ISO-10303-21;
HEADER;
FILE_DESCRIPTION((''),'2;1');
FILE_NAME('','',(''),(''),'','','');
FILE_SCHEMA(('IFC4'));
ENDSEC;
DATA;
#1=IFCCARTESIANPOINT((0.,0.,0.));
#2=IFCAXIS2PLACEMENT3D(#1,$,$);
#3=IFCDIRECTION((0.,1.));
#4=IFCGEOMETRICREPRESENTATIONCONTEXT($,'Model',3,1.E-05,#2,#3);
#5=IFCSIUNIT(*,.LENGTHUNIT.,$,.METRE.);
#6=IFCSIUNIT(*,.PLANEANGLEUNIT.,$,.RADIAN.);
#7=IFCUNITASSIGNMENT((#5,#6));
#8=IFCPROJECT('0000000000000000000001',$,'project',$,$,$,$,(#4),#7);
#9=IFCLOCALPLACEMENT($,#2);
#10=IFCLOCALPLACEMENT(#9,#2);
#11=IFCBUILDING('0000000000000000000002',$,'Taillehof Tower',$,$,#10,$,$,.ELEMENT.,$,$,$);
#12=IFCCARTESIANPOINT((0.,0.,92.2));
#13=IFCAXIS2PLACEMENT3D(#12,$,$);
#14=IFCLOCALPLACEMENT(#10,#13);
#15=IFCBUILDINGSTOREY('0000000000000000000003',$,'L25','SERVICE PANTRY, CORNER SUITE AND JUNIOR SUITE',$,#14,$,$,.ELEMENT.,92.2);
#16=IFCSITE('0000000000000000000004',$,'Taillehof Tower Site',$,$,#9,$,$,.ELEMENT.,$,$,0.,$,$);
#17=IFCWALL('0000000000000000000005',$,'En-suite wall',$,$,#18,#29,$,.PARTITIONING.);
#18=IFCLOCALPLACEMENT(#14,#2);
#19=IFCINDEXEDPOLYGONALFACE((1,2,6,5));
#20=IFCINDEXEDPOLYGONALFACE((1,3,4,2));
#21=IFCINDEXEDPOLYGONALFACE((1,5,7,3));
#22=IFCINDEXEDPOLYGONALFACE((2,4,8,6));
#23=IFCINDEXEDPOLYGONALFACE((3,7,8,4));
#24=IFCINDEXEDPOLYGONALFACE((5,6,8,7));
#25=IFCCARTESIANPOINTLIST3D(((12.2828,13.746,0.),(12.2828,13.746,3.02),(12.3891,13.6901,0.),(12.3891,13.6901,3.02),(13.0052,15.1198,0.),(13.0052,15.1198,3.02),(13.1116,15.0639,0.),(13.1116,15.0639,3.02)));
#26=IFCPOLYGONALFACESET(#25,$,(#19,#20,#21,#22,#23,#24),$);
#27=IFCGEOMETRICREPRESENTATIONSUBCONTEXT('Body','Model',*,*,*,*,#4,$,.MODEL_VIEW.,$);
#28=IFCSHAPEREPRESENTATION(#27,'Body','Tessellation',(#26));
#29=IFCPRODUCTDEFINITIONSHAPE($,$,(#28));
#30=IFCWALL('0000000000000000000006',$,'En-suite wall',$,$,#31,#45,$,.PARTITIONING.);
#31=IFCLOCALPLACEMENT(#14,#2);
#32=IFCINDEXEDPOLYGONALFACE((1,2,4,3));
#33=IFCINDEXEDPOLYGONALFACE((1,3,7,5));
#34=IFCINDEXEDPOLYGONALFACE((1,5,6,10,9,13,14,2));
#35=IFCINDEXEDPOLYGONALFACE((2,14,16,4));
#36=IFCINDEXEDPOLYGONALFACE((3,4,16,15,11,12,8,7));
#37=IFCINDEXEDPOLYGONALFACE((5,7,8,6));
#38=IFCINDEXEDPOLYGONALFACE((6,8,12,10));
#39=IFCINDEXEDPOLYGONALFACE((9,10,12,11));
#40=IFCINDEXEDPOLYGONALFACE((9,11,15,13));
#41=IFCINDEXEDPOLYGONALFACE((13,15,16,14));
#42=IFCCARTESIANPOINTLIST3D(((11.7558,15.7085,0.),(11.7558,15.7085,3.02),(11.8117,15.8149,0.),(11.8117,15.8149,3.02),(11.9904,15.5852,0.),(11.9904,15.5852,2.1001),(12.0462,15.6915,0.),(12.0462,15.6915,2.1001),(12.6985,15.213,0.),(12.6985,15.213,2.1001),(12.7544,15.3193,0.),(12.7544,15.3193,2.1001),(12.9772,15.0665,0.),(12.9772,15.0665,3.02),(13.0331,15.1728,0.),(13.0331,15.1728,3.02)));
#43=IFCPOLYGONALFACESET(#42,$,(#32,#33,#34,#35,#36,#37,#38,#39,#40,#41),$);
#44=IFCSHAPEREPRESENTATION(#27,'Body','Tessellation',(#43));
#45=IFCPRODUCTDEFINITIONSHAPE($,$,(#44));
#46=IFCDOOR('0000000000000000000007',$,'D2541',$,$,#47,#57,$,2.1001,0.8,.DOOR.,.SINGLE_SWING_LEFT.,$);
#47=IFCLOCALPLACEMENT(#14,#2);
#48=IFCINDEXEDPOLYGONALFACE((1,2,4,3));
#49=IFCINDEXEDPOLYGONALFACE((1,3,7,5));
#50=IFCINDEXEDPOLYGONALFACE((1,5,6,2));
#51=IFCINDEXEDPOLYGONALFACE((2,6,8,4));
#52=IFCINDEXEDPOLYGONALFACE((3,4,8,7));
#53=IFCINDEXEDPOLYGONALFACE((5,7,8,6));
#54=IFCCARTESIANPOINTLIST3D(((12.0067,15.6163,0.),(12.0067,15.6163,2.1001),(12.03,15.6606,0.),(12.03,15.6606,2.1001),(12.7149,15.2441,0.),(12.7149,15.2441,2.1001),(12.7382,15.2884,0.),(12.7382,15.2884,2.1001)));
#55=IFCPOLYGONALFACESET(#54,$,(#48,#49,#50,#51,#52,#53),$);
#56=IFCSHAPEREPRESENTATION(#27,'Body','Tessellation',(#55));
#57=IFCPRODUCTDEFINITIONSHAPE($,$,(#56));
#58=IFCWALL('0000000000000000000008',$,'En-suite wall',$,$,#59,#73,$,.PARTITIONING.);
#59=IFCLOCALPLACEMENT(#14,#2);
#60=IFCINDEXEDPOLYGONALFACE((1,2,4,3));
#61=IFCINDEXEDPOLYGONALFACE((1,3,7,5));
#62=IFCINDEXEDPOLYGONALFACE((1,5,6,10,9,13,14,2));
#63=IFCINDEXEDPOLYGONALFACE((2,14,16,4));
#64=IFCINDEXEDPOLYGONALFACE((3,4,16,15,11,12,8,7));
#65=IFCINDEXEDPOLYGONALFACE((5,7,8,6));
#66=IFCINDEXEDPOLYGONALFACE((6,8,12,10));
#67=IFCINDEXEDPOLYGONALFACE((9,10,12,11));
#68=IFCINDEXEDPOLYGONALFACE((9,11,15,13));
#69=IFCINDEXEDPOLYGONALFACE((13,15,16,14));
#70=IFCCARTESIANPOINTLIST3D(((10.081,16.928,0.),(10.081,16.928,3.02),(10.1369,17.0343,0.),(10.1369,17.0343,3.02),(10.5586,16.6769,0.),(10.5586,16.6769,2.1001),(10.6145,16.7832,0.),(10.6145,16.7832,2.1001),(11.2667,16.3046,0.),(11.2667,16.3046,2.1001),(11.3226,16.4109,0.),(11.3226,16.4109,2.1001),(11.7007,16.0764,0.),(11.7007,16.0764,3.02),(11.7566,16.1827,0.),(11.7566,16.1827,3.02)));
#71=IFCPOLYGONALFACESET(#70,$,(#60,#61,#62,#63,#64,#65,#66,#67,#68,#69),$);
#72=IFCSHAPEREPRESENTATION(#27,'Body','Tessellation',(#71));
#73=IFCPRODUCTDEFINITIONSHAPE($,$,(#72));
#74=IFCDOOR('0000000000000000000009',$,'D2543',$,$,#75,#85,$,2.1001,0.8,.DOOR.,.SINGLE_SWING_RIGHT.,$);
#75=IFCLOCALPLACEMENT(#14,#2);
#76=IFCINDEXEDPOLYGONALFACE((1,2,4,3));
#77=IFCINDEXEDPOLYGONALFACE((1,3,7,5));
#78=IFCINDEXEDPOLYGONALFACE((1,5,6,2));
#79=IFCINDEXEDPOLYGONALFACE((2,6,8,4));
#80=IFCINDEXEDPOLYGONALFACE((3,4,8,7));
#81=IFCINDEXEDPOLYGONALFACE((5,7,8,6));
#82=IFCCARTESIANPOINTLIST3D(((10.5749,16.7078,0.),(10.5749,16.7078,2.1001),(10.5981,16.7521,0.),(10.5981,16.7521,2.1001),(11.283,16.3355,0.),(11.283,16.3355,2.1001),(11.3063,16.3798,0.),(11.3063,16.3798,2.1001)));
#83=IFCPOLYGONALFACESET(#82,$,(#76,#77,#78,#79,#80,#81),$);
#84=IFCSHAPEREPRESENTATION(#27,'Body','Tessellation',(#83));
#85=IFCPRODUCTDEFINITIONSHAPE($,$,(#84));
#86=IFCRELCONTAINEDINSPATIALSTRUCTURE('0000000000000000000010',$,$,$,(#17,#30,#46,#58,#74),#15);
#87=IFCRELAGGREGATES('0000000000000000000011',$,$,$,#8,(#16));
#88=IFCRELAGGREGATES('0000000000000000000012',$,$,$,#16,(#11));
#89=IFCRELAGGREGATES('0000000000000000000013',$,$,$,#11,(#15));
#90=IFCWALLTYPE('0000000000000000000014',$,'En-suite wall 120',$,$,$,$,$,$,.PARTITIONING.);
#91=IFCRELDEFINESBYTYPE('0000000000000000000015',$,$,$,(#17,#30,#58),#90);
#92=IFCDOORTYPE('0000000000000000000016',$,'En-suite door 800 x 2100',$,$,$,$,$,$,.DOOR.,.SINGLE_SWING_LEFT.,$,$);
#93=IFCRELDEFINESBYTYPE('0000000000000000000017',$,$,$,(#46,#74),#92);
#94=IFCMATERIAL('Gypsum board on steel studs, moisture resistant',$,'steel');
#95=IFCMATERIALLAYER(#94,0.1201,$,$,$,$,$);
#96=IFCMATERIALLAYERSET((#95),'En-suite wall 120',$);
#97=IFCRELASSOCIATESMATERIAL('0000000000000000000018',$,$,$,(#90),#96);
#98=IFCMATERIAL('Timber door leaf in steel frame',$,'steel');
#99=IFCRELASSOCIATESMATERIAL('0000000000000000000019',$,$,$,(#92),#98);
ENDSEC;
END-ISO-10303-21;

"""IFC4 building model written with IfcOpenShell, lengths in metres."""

from ifc_helpers import new_model, si_unit, direction, frame, frame_2d, origin, place, context, subcontext, project, spatial, rectangle, extrude, material, layer, layer_set, type_object, element, fill, save


model = new_model("IFC4")

# Units and contexts
model_context = context("Model", 3, precision=1e-05, world=origin(), true_north=direction((0.0, 1.0)))
body_context = subcontext(model_context, "Body", "Model", "MODEL_VIEW")
ifc_project = project(units=[si_unit("LENGTHUNIT", "METRE"), si_unit("PLANEANGLEUNIT", "RADIAN")], contexts=[model_context])

# Site, building, storey
site_placement = place(None, origin())
site = spatial("IfcSite", under=ifc_project, at=site_placement, Name="Taillehof Tower Site", CompositionType="ELEMENT", RefElevation=0.0)
building_placement = place(site_placement, origin())
building = spatial("IfcBuilding", under=site, at=building_placement, Name="Taillehof Tower", CompositionType="ELEMENT")
storey_placement = place(building_placement, frame((0.0, 0.0, 92.2)))
storey = spatial("IfcBuildingStorey", under=building, at=storey_placement, Name="L25", Description="SERVICE PANTRY, CORNER SUITE AND JUNIOR SUITE", CompositionType="ELEMENT", Elevation=92.2)

# Wall
ifc_material_1 = material(Name="Gypsum board on steel studs, moisture resistant", Category="steel")
ifc_layer_1 = layer(ifc_material_1, 0.1201)
ifc_layer_set_1 = layer_set([ifc_layer_1], Name="En-suite wall 120")
wall_type_1 = type_object("IfcWallType", Name="En-suite wall 120", PredefinedType="PARTITIONING", material=ifc_layer_set_1)
wall_1_placement = place(storey_placement, frame((12.3359, 13.718, 0.0), z_axis=(0.0, 0.0, 1.0), x_axis=(0.465429, 0.885085, 0.0)))
element("IfcWall", 1, at=wall_1_placement, inside=storey, type_object=wall_type_1, Name="En-suite wall", PredefinedType="PARTITIONING", context=body_context, shape_type="SweptSolid", body=[
    extrude(rectangle(XDim=1.5522, YDim=0.1201, at=frame_2d((0.7761, 0.0))), origin(), (0.0, 0.0, 1.0), 3.02),
])

# Walls, openings, doors
wall_2_placement = place(storey_placement, frame((13.0051, 15.1196, 0.0), z_axis=(0.0, 0.0, 1.0), x_axis=(-0.885148, 0.465309, 0.0)))
wall_2 = element("IfcWall", 2, at=wall_2_placement, inside=storey, type_object=wall_type_1, Name="En-suite wall", PredefinedType="PARTITIONING", context=body_context, shape_type="SweptSolid", body=[
    extrude(rectangle(XDim=1.3799, YDim=0.1201, at=frame_2d((0.6899, 0.0))), origin(), (0.0, 0.0, 1.0), 3.02),
])
opening_1_placement = place(wall_2_placement, frame((0.3149, 0.0, 0.0)))
opening_1 = element("IfcOpeningElement", 3, at=opening_1_placement, cuts=wall_2, PredefinedType="OPENING", context=body_context, shape_type="SweptSolid", body=[
    extrude(rectangle(XDim=0.8, YDim=2.1001, at=frame_2d((0.3999, 1.05))), frame((0.0, 0.0701, 0.0), z_axis=(0.0, -1.0, 0.0), x_axis=(1.0, 0.0, 0.0)), (0.0, 0.0, 1.0), 0.1401),
])
ifc_material_2 = material(Name="Timber door leaf in steel frame", Category="steel")
door_type_1 = type_object("IfcDoorType", Name="En-suite door 800 x 2100", OperationType="SINGLE_SWING_LEFT", PredefinedType="DOOR", material=ifc_material_2)
door_1_placement = place(opening_1_placement, origin())
door_1 = element("IfcDoor", 4, at=door_1_placement, inside=storey, type_object=door_type_1, Name="D2541", OperationType="SINGLE_SWING_LEFT", OverallHeight=2.1001, OverallWidth=0.8, PredefinedType="DOOR", context=body_context, shape_type="SweptSolid", body=[
    extrude(rectangle(XDim=0.8, YDim=2.1001, at=frame_2d((0.3999, 1.05))), frame((0.0, 0.0249, 0.0), z_axis=(0.0, -1.0, 0.0), x_axis=(1.0, 0.0, 0.0)), (0.0, 0.0, 1.0), 0.05),
])
fill(opening_1, door_1)
wall_3_placement = place(storey_placement, frame((10.1089, 16.9812, 0.0), z_axis=(0.0, 0.0, 1.0), x_axis=(0.885115, -0.465372, 0.0)))
wall_3 = element("IfcWall", 5, at=wall_3_placement, inside=storey, type_object=wall_type_1, Name="En-suite wall", PredefinedType="PARTITIONING", context=body_context, shape_type="SweptSolid", body=[
    extrude(rectangle(XDim=1.8298, YDim=0.1201, at=frame_2d((0.915, 0.0))), origin(), (0.0, 0.0, 1.0), 3.02),
])
opening_2_placement = place(wall_3_placement, frame((0.5398, 0.0, 0.0)))
opening_2 = element("IfcOpeningElement", 6, at=opening_2_placement, cuts=wall_3, PredefinedType="OPENING", context=body_context, shape_type="SweptSolid", body=[
    extrude(rectangle(XDim=0.8, YDim=2.1001, at=frame_2d((0.3999, 1.05))), frame((0.0, 0.0701, 0.0), z_axis=(0.0, -1.0, 0.0), x_axis=(1.0, 0.0, 0.0)), (0.0, 0.0, 1.0), 0.1401),
])
door_2_placement = place(opening_2_placement, origin())
door_2 = element("IfcDoor", 7, at=door_2_placement, inside=storey, type_object=door_type_1, Name="D2543", OperationType="SINGLE_SWING_RIGHT", OverallHeight=2.1001, OverallWidth=0.8, PredefinedType="DOOR", context=body_context, shape_type="SweptSolid", body=[
    extrude(rectangle(XDim=0.8, YDim=2.1001, at=frame_2d((0.3999, 1.05))), frame((0.0, 0.0249, 0.0), z_axis=(0.0, -1.0, 0.0), x_axis=(1.0, 0.0, 0.0)), (0.0, 0.0, 1.0), 0.05),
])
fill(opening_2, door_2)

save(model, "model.ifc")
